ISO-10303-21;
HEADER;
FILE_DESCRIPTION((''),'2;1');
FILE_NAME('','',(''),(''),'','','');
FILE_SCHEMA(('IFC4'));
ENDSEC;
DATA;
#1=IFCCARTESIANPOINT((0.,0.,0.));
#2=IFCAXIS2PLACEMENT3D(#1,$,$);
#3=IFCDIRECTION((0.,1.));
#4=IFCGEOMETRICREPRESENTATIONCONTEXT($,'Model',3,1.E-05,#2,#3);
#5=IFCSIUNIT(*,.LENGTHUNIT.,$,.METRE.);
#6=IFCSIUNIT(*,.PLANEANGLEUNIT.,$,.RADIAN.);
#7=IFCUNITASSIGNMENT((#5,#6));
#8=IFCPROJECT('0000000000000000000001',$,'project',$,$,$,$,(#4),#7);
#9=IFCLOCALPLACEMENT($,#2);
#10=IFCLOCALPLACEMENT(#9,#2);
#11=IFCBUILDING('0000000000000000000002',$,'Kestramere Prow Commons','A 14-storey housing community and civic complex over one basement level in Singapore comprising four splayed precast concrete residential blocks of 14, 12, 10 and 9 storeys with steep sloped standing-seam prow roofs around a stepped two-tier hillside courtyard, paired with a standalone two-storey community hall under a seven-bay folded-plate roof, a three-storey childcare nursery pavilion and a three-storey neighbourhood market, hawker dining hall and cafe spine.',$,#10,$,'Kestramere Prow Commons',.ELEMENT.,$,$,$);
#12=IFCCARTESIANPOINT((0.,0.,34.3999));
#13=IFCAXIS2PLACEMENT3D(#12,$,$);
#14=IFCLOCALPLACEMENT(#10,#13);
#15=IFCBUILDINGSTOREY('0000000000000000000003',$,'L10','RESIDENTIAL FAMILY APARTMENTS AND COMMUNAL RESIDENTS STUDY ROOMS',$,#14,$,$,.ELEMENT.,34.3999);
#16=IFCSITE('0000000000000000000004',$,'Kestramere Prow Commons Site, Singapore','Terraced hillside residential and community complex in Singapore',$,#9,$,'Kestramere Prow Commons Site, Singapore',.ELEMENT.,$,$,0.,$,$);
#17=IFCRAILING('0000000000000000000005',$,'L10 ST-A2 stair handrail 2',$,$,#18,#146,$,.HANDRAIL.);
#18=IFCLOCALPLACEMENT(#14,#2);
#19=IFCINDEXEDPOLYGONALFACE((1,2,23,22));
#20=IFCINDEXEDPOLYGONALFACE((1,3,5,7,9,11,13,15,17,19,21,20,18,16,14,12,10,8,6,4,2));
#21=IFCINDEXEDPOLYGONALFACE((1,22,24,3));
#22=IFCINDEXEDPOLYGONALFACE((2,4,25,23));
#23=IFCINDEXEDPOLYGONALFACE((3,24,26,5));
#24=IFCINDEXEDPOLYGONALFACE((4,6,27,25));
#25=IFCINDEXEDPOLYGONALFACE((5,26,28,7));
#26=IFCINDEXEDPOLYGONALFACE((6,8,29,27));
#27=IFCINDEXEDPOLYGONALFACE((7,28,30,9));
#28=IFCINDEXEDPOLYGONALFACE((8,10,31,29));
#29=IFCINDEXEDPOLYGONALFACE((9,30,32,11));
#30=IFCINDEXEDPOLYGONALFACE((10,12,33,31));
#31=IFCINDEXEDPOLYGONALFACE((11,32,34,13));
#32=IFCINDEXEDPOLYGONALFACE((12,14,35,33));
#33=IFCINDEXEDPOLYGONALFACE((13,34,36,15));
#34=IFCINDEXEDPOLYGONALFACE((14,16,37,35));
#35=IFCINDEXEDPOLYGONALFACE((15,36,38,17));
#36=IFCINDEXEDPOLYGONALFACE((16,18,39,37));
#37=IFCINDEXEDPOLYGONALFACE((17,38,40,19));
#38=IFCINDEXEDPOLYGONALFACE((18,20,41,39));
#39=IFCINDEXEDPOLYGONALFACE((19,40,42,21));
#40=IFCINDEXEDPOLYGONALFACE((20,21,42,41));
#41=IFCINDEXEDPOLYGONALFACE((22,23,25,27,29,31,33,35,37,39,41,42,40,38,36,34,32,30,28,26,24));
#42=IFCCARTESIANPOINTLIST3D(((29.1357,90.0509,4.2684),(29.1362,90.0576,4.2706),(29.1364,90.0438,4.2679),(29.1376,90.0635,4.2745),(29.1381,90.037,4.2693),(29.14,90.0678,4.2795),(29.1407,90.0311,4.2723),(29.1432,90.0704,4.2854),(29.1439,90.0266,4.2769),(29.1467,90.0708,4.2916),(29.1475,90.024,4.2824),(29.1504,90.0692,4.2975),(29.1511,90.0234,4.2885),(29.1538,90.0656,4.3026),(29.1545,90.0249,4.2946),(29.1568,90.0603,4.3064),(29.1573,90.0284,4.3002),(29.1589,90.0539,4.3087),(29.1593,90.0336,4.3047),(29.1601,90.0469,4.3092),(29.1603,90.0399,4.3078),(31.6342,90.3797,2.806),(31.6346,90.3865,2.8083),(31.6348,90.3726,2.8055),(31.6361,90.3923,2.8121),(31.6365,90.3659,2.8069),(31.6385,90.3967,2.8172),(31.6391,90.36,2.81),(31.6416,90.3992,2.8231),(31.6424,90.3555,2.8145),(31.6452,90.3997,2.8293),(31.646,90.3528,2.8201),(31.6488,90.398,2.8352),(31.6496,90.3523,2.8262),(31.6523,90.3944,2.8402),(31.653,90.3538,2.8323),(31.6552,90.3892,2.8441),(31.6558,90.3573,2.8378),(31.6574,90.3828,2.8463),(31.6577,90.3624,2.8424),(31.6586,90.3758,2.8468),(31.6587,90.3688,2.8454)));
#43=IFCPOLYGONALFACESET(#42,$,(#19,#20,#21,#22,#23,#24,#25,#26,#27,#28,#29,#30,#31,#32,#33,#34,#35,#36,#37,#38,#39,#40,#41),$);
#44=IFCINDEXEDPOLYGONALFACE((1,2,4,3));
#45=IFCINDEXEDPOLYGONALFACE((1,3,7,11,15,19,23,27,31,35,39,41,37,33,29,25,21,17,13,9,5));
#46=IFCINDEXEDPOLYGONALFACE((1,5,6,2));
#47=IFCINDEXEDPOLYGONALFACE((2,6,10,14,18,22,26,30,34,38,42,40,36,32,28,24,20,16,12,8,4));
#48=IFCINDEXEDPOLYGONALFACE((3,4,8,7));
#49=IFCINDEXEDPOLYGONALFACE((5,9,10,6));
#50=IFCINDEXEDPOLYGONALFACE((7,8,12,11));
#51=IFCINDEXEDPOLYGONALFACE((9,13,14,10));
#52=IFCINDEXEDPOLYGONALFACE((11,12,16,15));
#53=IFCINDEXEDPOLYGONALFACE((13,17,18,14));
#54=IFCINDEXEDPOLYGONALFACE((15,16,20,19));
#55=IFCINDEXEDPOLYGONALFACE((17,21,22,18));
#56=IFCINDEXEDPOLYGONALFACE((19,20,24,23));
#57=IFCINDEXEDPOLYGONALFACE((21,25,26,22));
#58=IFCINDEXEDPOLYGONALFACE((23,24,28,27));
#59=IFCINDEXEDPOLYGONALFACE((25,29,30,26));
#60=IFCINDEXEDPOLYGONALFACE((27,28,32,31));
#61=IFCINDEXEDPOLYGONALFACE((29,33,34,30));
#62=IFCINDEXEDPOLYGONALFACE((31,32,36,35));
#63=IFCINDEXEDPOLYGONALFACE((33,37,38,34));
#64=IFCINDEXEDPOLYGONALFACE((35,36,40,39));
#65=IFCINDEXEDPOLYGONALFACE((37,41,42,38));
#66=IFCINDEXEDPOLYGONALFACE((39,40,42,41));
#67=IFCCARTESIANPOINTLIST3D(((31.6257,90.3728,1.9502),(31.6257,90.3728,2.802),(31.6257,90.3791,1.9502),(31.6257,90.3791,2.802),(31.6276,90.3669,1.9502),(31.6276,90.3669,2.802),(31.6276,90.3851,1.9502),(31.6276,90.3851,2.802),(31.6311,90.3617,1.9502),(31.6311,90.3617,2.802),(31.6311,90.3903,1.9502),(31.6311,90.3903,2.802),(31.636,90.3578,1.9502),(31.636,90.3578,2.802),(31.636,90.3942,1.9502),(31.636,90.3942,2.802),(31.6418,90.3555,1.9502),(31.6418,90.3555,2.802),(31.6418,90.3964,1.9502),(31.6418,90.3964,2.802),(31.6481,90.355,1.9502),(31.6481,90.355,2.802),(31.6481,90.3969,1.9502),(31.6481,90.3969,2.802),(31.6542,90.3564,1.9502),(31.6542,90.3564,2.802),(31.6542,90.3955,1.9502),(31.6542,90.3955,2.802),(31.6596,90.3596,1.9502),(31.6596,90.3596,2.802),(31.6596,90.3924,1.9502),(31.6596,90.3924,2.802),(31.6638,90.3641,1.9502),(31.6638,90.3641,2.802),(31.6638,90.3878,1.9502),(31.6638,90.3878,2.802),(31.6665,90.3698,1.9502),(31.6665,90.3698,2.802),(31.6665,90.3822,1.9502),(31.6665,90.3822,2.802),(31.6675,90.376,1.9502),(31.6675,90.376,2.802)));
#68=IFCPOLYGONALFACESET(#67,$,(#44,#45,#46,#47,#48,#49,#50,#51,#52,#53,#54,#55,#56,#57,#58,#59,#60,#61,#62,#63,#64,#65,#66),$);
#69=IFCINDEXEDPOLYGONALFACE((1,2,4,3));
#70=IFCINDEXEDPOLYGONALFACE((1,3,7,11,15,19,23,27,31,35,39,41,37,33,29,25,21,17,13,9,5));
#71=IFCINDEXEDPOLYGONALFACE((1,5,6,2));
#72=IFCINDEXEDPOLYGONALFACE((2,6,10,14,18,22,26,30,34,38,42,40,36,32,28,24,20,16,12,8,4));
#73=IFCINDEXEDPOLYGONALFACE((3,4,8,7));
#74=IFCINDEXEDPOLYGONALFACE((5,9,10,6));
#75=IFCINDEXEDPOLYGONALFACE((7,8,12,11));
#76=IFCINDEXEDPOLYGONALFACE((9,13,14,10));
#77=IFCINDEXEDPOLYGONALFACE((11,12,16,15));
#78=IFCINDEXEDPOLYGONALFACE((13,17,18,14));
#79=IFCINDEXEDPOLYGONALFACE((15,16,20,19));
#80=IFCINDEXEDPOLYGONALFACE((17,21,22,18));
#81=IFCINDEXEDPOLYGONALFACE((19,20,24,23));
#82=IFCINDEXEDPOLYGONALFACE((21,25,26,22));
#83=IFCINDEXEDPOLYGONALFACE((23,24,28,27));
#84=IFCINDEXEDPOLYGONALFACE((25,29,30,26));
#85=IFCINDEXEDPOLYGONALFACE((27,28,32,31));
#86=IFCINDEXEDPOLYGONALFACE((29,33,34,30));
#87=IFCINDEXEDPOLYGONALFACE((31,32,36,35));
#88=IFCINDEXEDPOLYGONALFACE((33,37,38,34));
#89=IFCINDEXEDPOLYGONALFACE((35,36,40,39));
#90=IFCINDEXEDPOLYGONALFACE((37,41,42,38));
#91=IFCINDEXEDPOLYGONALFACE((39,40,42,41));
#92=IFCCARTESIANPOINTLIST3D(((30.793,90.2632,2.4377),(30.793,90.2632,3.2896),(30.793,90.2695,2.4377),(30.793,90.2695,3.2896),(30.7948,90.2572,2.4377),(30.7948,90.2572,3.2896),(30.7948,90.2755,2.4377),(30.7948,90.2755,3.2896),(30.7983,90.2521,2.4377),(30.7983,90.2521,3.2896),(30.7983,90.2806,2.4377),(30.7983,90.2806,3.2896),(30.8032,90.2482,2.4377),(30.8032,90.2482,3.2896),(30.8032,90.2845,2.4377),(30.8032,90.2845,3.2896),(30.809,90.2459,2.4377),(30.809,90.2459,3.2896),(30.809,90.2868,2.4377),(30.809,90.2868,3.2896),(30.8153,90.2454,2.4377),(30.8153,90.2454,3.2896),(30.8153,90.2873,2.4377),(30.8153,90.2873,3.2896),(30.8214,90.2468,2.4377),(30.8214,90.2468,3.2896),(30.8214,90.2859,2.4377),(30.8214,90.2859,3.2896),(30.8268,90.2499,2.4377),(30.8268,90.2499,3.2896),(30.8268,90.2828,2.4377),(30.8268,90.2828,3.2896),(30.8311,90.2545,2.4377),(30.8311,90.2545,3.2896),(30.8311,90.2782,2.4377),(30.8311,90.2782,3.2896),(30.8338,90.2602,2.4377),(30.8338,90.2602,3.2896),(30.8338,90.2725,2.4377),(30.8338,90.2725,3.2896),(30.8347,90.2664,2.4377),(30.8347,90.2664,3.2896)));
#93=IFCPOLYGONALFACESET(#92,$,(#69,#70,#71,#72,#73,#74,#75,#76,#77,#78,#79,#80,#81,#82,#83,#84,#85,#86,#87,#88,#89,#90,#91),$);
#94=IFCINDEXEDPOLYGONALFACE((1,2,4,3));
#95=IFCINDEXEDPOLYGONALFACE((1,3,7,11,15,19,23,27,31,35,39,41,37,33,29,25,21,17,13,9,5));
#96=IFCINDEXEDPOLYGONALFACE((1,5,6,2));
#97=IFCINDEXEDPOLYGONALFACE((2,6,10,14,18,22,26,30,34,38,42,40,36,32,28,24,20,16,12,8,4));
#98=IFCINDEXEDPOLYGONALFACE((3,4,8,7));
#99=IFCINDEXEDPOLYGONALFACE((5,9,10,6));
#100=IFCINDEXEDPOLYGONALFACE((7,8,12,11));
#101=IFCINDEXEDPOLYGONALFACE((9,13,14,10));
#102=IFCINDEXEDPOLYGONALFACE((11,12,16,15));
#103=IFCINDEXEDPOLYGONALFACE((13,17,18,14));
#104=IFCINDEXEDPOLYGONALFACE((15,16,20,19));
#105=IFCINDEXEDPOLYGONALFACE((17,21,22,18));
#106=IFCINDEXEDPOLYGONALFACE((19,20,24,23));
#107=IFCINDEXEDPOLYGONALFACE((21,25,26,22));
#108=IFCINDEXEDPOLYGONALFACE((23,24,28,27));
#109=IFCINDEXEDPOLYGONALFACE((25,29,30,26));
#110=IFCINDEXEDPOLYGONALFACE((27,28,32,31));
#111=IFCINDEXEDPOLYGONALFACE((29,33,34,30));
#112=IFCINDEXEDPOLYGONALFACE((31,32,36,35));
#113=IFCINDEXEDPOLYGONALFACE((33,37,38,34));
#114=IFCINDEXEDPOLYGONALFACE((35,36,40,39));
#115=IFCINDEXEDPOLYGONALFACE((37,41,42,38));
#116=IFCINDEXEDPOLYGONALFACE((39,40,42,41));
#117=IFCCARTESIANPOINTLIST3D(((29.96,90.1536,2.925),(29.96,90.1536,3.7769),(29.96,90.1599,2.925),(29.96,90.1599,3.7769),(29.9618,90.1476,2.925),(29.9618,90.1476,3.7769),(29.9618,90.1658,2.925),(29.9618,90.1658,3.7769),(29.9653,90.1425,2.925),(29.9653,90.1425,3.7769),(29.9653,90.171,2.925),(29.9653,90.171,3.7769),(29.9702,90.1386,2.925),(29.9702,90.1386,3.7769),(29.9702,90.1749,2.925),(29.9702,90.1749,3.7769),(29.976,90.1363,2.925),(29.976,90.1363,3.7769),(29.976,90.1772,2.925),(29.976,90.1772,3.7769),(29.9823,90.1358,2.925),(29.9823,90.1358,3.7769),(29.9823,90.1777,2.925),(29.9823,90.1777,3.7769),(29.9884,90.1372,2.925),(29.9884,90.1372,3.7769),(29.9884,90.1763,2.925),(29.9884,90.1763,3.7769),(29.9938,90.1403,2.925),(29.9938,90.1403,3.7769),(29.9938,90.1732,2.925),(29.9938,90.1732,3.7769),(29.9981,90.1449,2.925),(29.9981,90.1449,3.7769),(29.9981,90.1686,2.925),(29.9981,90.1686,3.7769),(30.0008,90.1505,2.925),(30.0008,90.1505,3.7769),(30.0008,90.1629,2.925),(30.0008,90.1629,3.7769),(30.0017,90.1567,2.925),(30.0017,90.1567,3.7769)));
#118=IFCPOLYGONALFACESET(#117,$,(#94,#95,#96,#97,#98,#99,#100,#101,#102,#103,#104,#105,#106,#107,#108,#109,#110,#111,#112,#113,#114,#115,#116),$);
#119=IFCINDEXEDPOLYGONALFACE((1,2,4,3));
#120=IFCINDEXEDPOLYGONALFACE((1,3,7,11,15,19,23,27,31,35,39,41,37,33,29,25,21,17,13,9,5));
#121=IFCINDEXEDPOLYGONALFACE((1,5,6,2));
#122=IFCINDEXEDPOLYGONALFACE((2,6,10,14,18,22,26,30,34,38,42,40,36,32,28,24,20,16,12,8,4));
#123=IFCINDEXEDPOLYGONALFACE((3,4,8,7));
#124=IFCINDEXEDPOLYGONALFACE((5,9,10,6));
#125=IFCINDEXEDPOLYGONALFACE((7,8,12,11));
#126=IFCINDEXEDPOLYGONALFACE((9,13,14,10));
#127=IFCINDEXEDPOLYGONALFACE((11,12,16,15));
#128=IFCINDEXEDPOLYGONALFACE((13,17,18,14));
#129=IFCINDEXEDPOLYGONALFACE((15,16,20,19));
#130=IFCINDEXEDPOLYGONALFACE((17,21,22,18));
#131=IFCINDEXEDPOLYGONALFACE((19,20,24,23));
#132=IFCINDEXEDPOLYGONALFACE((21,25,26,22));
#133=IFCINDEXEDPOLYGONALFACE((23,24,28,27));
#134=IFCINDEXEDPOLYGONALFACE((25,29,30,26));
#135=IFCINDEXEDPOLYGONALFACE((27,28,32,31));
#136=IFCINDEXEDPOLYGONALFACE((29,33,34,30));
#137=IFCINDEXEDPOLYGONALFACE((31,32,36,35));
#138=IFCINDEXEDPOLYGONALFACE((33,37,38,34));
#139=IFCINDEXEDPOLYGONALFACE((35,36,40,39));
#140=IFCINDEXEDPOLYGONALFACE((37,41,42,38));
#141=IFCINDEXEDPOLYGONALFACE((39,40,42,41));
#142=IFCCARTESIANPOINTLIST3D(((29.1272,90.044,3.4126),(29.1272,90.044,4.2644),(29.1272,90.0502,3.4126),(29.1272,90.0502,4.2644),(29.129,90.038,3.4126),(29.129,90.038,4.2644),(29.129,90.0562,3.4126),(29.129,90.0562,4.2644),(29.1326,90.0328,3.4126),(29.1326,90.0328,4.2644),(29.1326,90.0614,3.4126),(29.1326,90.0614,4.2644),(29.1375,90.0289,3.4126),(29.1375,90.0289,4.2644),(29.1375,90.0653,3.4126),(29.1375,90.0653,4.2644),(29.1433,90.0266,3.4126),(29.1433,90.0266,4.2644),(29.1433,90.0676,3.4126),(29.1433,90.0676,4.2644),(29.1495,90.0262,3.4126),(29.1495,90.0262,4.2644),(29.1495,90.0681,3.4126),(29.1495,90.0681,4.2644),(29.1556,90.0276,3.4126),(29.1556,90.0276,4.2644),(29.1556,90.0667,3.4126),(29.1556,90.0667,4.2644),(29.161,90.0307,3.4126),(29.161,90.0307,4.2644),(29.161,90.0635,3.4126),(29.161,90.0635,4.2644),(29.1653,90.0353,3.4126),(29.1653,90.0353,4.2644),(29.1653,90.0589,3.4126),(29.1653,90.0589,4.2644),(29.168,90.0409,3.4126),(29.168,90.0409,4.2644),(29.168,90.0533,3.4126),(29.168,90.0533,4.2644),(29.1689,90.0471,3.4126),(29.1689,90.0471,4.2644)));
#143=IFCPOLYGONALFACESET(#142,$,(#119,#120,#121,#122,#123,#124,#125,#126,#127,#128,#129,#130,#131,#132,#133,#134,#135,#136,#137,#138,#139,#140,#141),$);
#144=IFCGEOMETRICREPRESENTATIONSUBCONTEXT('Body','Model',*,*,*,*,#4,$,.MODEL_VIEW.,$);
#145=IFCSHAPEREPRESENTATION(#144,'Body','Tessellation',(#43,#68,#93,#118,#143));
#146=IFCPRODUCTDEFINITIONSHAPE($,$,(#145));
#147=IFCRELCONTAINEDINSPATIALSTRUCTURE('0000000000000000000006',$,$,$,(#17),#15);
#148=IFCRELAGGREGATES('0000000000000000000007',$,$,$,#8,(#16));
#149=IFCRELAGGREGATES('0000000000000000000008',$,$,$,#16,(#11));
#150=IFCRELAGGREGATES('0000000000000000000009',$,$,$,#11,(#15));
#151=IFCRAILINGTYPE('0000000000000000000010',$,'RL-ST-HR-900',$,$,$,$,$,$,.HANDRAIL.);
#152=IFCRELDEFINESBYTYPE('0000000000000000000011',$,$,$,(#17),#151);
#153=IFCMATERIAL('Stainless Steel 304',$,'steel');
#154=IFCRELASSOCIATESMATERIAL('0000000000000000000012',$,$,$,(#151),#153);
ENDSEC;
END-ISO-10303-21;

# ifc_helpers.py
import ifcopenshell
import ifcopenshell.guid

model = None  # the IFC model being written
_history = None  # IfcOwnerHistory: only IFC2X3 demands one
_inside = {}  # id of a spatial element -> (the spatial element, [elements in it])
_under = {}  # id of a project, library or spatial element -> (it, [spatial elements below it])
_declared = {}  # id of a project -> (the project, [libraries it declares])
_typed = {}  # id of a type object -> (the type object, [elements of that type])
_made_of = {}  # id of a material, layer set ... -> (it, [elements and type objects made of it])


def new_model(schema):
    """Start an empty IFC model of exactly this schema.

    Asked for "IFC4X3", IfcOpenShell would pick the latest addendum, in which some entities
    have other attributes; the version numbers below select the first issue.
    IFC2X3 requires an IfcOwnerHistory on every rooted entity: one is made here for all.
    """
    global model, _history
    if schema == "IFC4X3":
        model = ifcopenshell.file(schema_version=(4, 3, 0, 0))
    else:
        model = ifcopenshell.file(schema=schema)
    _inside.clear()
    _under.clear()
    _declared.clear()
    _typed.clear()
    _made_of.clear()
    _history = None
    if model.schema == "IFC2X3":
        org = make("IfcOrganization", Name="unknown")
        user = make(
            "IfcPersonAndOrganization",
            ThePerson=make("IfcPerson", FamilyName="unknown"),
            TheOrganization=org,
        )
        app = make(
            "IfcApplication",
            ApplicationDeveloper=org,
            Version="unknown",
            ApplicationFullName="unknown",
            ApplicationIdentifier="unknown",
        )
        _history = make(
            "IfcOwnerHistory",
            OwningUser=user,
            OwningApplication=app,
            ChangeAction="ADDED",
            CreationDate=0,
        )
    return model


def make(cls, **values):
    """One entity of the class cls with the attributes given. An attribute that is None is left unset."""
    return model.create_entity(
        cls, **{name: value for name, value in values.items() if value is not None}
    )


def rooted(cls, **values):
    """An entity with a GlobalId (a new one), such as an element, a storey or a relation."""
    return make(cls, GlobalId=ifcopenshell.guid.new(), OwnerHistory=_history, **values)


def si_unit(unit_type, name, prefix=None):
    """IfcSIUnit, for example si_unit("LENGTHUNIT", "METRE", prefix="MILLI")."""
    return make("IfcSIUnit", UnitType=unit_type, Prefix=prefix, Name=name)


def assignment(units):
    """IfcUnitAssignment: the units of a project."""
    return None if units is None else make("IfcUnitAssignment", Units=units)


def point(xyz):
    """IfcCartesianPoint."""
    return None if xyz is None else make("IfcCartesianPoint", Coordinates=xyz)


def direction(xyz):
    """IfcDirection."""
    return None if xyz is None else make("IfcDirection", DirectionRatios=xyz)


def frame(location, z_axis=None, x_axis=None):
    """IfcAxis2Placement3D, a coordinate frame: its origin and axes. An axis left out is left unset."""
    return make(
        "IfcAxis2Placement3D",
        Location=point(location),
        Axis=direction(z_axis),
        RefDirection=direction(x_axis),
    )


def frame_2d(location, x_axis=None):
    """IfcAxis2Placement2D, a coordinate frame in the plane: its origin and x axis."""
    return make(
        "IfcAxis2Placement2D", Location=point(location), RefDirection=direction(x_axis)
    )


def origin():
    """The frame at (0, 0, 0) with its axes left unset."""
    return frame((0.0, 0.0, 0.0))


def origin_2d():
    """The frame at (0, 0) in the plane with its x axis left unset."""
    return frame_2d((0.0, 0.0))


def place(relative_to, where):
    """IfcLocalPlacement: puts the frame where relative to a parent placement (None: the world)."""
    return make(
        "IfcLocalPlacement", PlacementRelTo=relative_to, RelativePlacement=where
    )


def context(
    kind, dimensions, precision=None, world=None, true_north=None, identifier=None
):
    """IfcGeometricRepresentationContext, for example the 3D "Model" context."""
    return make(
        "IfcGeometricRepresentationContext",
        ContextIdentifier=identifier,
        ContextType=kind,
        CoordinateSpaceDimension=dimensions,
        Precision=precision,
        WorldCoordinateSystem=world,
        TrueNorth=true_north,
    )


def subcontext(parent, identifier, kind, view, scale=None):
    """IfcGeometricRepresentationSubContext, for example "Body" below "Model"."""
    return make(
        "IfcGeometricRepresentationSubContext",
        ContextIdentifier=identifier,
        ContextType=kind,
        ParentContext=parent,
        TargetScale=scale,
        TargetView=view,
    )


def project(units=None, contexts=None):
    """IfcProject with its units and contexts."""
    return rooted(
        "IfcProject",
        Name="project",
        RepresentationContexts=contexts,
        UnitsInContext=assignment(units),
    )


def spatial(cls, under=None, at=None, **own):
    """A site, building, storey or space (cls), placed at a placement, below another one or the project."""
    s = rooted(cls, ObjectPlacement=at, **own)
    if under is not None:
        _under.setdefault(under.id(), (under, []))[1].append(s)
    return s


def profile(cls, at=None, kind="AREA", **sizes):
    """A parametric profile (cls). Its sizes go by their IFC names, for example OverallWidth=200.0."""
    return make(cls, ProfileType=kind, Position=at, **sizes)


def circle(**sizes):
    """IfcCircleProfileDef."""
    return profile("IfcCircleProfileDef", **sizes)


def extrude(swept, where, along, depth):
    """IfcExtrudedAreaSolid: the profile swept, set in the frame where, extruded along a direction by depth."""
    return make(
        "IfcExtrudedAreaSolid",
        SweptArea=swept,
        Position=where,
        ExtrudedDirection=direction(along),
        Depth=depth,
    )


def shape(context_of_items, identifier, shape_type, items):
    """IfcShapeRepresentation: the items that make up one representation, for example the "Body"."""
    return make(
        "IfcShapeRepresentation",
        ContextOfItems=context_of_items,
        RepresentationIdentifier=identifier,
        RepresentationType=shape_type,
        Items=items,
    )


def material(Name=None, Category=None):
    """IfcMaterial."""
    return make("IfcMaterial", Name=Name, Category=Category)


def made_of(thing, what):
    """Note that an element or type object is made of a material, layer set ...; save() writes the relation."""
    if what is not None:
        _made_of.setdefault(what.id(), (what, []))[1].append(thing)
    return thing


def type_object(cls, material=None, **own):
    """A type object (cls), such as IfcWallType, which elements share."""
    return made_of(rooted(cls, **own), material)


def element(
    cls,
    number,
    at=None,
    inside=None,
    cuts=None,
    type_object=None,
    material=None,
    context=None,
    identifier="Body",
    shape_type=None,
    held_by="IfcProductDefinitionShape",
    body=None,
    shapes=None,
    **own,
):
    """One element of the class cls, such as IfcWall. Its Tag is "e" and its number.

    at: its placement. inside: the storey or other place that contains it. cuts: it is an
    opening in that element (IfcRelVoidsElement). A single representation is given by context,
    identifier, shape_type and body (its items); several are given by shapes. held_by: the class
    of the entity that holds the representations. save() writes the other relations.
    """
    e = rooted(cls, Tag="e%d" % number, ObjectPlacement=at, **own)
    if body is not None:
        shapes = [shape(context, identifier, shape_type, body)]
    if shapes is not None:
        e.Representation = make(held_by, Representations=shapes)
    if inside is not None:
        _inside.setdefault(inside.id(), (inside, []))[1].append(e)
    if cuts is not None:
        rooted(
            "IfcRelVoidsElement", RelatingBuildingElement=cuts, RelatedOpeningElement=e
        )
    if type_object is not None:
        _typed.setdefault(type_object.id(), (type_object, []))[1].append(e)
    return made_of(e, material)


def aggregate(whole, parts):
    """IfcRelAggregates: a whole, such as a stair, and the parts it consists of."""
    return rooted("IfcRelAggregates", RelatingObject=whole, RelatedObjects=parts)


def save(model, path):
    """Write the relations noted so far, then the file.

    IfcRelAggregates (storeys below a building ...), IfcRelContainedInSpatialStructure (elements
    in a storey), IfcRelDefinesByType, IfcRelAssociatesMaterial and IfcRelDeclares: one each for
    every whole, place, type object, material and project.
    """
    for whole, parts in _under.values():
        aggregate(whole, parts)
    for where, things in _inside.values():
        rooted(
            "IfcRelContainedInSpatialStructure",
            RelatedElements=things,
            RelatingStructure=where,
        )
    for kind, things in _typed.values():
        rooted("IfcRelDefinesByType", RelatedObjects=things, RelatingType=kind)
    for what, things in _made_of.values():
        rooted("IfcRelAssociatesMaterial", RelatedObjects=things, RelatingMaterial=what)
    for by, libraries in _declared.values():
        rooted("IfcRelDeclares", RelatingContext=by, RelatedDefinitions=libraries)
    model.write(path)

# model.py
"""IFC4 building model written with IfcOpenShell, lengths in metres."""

from ifc_helpers import new_model, si_unit, direction, frame, origin, origin_2d, place, context, subcontext, project, spatial, circle, extrude, material, type_object, element, save


model = new_model("IFC4")

# Units and contexts
model_context = context("Model", 3, precision=1e-05, world=origin(), true_north=direction((0.0, 1.0)))
body_context = subcontext(model_context, "Body", "Model", "MODEL_VIEW")
ifc_project = project(units=[si_unit("LENGTHUNIT", "METRE"), si_unit("PLANEANGLEUNIT", "RADIAN")], contexts=[model_context])

# Site, building, storey
site_placement = place(None, origin())
site = spatial("IfcSite", under=ifc_project, at=site_placement, Name="Kestramere Prow Commons Site, Singapore", Description="Terraced hillside residential and community complex in Singapore", LongName="Kestramere Prow Commons Site, Singapore", CompositionType="ELEMENT", RefElevation=0.0)
building_placement = place(site_placement, origin())
building = spatial("IfcBuilding", under=site, at=building_placement, Name="Kestramere Prow Commons", Description="A 14-storey housing community and civic complex over one basement level in Singapore comprising four splayed precast concrete residential blocks of 14, 12, 10 and 9 storeys with steep sloped standing-seam prow roofs around a stepped two-tier hillside courtyard, paired with a standalone two-storey community hall under a seven-bay folded-plate roof, a three-storey childcare nursery pavilion and a three-storey neighbourhood market, hawker dining hall and cafe spine.", LongName="Kestramere Prow Commons", CompositionType="ELEMENT")
storey_placement = place(building_placement, frame((0.0, 0.0, 34.3999)))
storey = spatial("IfcBuildingStorey", under=building, at=storey_placement, Name="L10", Description="RESIDENTIAL FAMILY APARTMENTS AND COMMUNAL RESIDENTS STUDY ROOMS", CompositionType="ELEMENT", Elevation=34.3999)

# Railing
ifc_material_1 = material(Name="Stainless Steel 304", Category="steel")
railing_type_1 = type_object("IfcRailingType", Name="RL-ST-HR-900", PredefinedType="HANDRAIL", material=ifc_material_1)
railing_1_placement = place(storey_placement, frame((31.6465, 90.376, 1.9502)))
element("IfcRailing", 1, at=railing_1_placement, inside=storey, type_object=railing_type_1, Name="L10 ST-A2 stair handrail 2", PredefinedType="HANDRAIL", context=body_context, shape_type="SweptSolid", body=[
    extrude(circle(Radius=0.0239, at=origin_2d()), frame((0.0, 0.0, 0.876), z_axis=(-0.857523, -0.112867, 0.501912), x_axis=(0.130495, -0.991449, 0.0)), (0.0, 0.0, 1.0), 2.9136),
    extrude(circle(Radius=0.021, at=origin_2d()), origin(), (0.0, 0.0, 1.0), 0.8518),
    extrude(circle(Radius=0.021, at=origin_2d()), frame((-0.8328, -0.1096, 0.4875)), (0.0, 0.0, 1.0), 0.8518),
    extrude(circle(Radius=0.021, at=origin_2d()), frame((-1.6658, -0.2192, 0.9749)), (0.0, 0.0, 1.0), 0.8518),
    extrude(circle(Radius=0.021, at=origin_2d()), frame((-2.4985, -0.3289, 1.4624)), (0.0, 0.0, 1.0), 0.8518),
])

save(model, "model.ifc")
